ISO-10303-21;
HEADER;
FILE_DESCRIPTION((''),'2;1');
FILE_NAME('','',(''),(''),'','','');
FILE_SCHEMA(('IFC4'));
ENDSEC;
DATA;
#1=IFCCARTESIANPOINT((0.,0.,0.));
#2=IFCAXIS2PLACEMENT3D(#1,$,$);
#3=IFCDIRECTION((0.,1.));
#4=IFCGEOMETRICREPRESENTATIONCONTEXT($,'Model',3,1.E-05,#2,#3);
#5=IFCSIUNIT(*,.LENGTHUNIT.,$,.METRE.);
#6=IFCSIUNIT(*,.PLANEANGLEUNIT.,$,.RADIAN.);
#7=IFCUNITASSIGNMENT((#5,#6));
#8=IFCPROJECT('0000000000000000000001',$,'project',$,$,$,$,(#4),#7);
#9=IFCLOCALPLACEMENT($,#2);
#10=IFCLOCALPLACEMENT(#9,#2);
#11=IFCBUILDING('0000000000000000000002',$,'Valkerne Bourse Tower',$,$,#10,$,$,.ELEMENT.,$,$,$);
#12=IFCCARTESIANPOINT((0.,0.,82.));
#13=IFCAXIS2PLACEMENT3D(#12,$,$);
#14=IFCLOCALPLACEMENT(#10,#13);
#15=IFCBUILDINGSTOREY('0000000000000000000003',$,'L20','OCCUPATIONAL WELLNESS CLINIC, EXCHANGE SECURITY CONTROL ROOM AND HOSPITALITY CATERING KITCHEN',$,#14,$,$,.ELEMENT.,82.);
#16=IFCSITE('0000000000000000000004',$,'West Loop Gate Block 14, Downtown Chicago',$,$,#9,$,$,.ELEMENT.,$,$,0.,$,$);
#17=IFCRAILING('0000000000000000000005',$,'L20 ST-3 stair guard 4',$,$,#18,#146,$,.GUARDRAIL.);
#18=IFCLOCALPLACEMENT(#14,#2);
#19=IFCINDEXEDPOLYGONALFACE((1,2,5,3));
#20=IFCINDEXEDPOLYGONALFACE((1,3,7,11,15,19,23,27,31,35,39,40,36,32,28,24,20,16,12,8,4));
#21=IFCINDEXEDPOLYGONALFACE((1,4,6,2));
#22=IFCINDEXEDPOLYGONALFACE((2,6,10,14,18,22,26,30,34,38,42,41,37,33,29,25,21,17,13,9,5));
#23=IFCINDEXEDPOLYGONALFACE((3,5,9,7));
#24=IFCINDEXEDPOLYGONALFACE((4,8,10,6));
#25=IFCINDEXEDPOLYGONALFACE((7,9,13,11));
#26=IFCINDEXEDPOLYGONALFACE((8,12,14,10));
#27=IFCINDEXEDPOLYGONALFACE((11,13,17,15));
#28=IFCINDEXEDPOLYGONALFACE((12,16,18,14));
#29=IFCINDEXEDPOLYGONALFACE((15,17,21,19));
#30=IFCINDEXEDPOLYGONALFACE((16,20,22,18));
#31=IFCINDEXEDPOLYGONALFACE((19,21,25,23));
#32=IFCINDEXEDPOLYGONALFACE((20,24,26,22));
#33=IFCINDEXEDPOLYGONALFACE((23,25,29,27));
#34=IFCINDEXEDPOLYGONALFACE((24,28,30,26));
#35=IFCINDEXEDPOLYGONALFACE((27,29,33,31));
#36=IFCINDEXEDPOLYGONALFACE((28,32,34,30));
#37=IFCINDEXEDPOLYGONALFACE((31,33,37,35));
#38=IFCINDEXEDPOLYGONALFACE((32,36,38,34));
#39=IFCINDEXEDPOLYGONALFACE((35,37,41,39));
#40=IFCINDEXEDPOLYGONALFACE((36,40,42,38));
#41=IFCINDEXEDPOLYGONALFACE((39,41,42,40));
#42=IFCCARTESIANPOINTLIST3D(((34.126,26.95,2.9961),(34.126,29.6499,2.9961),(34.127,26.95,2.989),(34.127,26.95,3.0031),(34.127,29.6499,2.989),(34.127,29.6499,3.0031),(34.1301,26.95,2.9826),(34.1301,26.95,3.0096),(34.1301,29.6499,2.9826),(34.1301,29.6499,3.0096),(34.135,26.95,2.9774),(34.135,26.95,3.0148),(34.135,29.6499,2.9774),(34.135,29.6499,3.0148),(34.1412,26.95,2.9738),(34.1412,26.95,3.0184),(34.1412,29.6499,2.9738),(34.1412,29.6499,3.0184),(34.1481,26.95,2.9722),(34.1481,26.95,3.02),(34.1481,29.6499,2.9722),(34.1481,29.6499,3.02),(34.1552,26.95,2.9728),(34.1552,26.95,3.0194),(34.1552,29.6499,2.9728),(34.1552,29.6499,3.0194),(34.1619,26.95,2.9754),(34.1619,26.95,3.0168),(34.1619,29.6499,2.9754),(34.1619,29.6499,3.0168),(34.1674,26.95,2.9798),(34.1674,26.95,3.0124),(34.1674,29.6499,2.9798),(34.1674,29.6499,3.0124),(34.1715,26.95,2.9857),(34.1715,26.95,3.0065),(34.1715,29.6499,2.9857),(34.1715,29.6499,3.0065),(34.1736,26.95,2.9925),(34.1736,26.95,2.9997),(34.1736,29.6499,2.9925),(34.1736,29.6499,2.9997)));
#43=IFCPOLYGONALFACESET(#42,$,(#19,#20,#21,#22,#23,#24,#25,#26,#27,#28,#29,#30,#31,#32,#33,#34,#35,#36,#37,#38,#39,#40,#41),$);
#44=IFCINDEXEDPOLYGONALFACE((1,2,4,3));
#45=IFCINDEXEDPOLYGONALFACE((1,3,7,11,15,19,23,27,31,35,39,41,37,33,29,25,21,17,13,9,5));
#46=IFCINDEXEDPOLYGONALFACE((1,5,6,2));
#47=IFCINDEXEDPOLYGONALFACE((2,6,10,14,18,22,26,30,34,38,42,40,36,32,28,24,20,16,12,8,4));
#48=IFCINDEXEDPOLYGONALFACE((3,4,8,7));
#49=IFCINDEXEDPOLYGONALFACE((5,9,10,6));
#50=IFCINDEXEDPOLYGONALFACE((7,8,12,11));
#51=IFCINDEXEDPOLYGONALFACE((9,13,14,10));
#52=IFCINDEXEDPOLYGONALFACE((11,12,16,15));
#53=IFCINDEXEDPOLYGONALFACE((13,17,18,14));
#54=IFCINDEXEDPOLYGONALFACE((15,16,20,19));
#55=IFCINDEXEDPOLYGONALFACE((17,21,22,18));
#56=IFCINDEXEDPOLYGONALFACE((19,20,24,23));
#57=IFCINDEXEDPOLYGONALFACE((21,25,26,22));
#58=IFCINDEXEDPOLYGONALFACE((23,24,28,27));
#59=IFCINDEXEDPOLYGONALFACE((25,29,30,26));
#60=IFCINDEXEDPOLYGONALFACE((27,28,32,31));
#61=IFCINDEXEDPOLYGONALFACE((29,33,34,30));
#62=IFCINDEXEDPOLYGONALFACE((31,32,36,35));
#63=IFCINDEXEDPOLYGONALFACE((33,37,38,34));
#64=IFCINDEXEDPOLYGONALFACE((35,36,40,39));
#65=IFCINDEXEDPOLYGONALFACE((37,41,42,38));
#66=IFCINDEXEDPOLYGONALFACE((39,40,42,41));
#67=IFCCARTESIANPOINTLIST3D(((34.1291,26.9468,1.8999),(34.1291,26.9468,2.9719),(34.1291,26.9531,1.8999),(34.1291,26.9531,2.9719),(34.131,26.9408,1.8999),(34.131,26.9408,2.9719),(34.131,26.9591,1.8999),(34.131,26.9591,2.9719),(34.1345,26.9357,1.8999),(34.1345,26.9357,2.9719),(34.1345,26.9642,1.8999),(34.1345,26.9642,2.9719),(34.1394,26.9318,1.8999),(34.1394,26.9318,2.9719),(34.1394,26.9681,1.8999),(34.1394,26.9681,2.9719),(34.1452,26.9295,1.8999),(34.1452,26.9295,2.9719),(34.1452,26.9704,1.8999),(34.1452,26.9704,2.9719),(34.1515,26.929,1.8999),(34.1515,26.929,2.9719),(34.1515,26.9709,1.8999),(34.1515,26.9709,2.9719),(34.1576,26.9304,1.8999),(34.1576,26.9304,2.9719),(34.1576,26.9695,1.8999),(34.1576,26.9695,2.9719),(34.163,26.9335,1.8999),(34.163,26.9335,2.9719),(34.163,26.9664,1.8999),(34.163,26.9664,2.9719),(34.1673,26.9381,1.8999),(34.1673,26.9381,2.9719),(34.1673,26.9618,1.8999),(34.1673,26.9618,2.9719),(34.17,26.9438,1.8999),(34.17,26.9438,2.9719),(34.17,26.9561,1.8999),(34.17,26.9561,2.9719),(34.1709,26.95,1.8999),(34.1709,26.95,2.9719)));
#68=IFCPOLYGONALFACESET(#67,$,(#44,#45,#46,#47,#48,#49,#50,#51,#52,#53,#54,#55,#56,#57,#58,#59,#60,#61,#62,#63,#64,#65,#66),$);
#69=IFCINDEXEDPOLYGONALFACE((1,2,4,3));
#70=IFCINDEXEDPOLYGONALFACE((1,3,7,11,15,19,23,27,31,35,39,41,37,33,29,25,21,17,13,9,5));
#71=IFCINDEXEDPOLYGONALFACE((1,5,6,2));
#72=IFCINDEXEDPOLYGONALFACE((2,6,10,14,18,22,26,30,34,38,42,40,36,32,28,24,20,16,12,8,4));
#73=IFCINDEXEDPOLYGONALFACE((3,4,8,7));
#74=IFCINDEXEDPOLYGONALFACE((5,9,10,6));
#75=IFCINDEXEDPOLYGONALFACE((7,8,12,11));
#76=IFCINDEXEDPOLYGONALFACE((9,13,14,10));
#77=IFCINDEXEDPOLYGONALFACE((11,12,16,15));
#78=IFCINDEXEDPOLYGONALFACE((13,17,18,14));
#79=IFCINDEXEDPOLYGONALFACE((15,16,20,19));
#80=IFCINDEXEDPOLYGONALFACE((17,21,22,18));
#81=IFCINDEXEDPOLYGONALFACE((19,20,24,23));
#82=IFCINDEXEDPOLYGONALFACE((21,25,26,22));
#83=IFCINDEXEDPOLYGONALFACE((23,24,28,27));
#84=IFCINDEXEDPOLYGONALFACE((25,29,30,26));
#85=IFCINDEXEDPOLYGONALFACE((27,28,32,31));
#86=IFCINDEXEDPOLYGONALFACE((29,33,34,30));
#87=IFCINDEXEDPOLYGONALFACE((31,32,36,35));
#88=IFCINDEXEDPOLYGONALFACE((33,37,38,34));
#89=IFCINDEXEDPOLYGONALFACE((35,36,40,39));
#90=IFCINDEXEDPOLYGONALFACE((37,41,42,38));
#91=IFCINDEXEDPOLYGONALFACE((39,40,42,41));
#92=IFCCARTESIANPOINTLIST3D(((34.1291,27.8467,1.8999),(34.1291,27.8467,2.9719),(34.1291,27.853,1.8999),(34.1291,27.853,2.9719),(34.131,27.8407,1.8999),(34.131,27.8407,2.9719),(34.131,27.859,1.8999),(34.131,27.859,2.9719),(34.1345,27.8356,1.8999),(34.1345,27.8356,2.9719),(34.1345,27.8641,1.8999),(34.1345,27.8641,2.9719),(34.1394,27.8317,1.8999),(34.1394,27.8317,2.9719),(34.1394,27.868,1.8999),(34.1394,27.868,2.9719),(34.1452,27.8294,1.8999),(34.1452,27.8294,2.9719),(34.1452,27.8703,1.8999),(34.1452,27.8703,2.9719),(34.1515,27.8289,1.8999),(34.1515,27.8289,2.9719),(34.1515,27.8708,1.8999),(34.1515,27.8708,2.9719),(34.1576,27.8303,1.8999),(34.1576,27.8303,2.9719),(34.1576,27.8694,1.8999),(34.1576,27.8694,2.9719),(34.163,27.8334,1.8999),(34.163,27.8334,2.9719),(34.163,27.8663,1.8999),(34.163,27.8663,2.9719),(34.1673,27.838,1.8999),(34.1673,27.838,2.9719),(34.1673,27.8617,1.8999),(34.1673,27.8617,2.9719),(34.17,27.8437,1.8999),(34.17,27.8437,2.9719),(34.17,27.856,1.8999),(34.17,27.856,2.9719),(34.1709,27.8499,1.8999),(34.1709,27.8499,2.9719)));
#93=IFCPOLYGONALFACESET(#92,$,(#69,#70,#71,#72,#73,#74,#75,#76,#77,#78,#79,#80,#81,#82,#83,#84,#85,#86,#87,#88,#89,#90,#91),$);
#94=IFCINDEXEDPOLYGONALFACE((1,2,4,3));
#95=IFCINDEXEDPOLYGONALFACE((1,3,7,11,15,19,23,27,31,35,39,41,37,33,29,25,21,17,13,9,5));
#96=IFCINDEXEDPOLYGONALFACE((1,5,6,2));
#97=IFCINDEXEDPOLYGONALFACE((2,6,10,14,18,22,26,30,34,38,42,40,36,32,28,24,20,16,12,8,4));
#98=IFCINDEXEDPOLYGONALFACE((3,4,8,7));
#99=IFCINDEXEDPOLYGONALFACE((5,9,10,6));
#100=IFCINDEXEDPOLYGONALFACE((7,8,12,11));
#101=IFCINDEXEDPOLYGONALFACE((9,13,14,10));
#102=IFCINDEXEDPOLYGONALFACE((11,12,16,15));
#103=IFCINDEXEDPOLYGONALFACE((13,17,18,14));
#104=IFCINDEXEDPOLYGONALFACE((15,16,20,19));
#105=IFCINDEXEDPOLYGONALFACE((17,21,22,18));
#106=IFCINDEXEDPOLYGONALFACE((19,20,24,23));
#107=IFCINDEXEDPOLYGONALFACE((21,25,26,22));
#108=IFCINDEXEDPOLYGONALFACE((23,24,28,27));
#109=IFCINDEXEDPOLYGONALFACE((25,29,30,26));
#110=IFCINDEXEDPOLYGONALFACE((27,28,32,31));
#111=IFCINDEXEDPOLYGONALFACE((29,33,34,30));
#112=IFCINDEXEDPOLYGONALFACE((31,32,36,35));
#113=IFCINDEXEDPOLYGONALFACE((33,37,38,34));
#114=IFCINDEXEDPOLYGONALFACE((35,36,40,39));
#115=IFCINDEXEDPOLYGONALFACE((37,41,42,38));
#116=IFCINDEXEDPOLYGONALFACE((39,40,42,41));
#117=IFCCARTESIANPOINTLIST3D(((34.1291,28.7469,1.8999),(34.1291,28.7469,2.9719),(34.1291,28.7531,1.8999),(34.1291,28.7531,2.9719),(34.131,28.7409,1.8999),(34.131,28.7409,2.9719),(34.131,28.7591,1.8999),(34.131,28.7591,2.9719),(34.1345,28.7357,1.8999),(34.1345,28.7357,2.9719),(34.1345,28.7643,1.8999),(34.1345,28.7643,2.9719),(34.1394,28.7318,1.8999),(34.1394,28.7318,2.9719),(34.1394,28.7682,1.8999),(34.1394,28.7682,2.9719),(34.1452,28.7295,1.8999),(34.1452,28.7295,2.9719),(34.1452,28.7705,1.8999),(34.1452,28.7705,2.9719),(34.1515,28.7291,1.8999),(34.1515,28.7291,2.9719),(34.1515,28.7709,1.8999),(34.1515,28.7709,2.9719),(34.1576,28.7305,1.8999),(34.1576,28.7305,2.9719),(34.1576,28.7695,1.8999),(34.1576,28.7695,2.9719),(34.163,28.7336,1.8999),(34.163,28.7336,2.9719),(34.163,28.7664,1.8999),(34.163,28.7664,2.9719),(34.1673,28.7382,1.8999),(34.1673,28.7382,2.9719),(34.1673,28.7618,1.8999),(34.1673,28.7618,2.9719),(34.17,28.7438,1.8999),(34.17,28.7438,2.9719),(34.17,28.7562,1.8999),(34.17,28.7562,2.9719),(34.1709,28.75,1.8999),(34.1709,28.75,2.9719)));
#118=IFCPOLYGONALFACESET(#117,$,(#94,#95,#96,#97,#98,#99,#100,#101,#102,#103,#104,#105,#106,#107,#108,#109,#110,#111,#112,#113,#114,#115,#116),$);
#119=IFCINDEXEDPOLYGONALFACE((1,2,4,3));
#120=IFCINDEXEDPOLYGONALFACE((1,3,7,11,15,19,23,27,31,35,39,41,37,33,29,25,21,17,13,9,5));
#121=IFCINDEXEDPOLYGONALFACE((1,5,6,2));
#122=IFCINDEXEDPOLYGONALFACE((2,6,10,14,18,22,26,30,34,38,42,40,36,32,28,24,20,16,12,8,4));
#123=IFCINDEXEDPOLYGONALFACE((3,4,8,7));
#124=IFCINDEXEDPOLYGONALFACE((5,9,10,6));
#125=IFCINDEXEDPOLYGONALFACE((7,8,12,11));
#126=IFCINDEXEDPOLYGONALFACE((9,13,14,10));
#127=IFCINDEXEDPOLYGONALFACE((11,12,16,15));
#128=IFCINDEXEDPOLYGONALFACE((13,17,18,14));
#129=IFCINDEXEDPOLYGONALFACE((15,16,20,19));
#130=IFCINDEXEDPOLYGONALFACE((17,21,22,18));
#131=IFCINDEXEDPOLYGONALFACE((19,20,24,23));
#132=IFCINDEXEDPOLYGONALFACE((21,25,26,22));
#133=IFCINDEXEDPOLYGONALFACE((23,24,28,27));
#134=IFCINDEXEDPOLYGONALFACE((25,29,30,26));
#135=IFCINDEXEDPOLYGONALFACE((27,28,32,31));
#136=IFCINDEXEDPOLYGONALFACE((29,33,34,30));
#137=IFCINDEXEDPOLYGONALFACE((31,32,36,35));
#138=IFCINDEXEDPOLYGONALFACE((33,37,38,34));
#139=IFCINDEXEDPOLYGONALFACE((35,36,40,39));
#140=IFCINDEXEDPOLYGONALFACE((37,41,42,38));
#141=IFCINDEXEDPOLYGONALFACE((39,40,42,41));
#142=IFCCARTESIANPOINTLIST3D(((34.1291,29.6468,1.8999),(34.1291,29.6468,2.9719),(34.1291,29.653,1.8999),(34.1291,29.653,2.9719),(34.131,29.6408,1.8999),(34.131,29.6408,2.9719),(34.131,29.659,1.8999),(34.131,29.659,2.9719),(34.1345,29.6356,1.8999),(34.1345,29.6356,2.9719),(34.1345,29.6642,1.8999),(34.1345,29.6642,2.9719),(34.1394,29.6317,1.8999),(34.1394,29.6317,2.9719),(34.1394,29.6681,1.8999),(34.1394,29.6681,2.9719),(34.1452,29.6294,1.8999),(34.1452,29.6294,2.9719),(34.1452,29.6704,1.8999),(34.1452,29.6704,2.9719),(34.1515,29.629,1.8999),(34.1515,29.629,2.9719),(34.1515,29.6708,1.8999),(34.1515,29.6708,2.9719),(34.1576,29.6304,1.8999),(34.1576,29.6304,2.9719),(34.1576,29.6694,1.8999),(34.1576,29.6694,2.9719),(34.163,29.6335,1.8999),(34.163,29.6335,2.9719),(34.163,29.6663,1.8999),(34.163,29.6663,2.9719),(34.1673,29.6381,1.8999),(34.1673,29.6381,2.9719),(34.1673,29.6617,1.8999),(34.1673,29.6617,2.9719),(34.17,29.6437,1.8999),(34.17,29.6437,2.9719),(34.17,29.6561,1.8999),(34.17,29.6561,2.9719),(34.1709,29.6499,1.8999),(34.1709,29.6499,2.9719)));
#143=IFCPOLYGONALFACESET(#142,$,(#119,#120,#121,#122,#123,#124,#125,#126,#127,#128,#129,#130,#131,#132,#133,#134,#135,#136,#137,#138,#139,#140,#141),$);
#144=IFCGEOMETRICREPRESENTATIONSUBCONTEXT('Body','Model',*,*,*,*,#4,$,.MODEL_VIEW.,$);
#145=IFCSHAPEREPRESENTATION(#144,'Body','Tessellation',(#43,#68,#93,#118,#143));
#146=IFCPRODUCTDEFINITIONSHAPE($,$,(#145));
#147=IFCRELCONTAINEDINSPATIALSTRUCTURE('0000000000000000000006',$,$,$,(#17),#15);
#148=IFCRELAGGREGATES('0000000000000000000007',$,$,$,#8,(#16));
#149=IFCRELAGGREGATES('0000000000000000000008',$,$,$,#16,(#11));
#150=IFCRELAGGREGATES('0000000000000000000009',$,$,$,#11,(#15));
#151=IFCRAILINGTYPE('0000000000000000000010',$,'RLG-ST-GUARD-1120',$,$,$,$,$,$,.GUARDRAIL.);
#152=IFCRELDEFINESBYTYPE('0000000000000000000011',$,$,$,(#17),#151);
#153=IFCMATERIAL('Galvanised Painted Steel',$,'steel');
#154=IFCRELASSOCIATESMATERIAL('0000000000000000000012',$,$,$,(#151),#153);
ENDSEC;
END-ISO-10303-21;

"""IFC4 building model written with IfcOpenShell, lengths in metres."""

from ifc_helpers import new_model, si_unit, direction, frame, origin, origin_2d, place, context, subcontext, project, spatial, circle, extrude, material, type_object, element, save


model = new_model("IFC4")

# Units and contexts
model_context = context("Model", 3, precision=1e-05, world=origin(), true_north=direction((0.0, 1.0)))
body_context = subcontext(model_context, "Body", "Model", "MODEL_VIEW")
ifc_project = project(units=[si_unit("LENGTHUNIT", "METRE"), si_unit("PLANEANGLEUNIT", "RADIAN")], contexts=[model_context])

# Site, building, storey
site_placement = place(None, origin())
site = spatial("IfcSite", under=ifc_project, at=site_placement, Name="West Loop Gate Block 14, Downtown Chicago", CompositionType="ELEMENT", RefElevation=0.0)
building_placement = place(site_placement, origin())
building = spatial("IfcBuilding", under=site, at=building_placement, Name="Valkerne Bourse Tower", CompositionType="ELEMENT")
storey_placement = place(building_placement, frame((0.0, 0.0, 82.0)))
storey = spatial("IfcBuildingStorey", under=building, at=storey_placement, Name="L20", Description="OCCUPATIONAL WELLNESS CLINIC, EXCHANGE SECURITY CONTROL ROOM AND HOSPITALITY CATERING KITCHEN", CompositionType="ELEMENT", Elevation=82.0)

# Railing
ifc_material_1 = material(Name="Galvanised Painted Steel", Category="steel")
railing_type_1 = type_object("IfcRailingType", Name="RLG-ST-GUARD-1120", PredefinedType="GUARDRAIL", material=ifc_material_1)
for number, where, name in (
    (1, (34.1499, 26.95, 1.8999), "L20 ST-3 stair guard 4"),
):
    element("IfcRailing", number, at=place(storey_placement, frame(where)), inside=storey, type_object=railing_type_1, Name=name, PredefinedType="GUARDRAIL", context=body_context, shape_type="SweptSolid", body=[
        extrude(circle(Radius=0.0239, at=origin_2d()), frame((0.0, 0.0, 1.0962), z_axis=(0.0, 1.0, 0.0), x_axis=(-1.0, 0.0, 0.0)), (0.0, 0.0, 1.0), 2.7),
        extrude(circle(Radius=0.021, at=origin_2d()), origin(), (0.0, 0.0, 1.0), 1.072),
        extrude(circle(Radius=0.021, at=origin_2d()), frame((0.0, 0.8999, 0.0)), (0.0, 0.0, 1.0), 1.072),
        extrude(circle(Radius=0.021, at=origin_2d()), frame((0.0, 1.8, 0.0)), (0.0, 0.0, 1.0), 1.072),
        extrude(circle(Radius=0.021, at=origin_2d()), frame((0.0, 2.7, 0.0)), (0.0, 0.0, 1.0), 1.072),
    ])

save(model, "model.ifc")
